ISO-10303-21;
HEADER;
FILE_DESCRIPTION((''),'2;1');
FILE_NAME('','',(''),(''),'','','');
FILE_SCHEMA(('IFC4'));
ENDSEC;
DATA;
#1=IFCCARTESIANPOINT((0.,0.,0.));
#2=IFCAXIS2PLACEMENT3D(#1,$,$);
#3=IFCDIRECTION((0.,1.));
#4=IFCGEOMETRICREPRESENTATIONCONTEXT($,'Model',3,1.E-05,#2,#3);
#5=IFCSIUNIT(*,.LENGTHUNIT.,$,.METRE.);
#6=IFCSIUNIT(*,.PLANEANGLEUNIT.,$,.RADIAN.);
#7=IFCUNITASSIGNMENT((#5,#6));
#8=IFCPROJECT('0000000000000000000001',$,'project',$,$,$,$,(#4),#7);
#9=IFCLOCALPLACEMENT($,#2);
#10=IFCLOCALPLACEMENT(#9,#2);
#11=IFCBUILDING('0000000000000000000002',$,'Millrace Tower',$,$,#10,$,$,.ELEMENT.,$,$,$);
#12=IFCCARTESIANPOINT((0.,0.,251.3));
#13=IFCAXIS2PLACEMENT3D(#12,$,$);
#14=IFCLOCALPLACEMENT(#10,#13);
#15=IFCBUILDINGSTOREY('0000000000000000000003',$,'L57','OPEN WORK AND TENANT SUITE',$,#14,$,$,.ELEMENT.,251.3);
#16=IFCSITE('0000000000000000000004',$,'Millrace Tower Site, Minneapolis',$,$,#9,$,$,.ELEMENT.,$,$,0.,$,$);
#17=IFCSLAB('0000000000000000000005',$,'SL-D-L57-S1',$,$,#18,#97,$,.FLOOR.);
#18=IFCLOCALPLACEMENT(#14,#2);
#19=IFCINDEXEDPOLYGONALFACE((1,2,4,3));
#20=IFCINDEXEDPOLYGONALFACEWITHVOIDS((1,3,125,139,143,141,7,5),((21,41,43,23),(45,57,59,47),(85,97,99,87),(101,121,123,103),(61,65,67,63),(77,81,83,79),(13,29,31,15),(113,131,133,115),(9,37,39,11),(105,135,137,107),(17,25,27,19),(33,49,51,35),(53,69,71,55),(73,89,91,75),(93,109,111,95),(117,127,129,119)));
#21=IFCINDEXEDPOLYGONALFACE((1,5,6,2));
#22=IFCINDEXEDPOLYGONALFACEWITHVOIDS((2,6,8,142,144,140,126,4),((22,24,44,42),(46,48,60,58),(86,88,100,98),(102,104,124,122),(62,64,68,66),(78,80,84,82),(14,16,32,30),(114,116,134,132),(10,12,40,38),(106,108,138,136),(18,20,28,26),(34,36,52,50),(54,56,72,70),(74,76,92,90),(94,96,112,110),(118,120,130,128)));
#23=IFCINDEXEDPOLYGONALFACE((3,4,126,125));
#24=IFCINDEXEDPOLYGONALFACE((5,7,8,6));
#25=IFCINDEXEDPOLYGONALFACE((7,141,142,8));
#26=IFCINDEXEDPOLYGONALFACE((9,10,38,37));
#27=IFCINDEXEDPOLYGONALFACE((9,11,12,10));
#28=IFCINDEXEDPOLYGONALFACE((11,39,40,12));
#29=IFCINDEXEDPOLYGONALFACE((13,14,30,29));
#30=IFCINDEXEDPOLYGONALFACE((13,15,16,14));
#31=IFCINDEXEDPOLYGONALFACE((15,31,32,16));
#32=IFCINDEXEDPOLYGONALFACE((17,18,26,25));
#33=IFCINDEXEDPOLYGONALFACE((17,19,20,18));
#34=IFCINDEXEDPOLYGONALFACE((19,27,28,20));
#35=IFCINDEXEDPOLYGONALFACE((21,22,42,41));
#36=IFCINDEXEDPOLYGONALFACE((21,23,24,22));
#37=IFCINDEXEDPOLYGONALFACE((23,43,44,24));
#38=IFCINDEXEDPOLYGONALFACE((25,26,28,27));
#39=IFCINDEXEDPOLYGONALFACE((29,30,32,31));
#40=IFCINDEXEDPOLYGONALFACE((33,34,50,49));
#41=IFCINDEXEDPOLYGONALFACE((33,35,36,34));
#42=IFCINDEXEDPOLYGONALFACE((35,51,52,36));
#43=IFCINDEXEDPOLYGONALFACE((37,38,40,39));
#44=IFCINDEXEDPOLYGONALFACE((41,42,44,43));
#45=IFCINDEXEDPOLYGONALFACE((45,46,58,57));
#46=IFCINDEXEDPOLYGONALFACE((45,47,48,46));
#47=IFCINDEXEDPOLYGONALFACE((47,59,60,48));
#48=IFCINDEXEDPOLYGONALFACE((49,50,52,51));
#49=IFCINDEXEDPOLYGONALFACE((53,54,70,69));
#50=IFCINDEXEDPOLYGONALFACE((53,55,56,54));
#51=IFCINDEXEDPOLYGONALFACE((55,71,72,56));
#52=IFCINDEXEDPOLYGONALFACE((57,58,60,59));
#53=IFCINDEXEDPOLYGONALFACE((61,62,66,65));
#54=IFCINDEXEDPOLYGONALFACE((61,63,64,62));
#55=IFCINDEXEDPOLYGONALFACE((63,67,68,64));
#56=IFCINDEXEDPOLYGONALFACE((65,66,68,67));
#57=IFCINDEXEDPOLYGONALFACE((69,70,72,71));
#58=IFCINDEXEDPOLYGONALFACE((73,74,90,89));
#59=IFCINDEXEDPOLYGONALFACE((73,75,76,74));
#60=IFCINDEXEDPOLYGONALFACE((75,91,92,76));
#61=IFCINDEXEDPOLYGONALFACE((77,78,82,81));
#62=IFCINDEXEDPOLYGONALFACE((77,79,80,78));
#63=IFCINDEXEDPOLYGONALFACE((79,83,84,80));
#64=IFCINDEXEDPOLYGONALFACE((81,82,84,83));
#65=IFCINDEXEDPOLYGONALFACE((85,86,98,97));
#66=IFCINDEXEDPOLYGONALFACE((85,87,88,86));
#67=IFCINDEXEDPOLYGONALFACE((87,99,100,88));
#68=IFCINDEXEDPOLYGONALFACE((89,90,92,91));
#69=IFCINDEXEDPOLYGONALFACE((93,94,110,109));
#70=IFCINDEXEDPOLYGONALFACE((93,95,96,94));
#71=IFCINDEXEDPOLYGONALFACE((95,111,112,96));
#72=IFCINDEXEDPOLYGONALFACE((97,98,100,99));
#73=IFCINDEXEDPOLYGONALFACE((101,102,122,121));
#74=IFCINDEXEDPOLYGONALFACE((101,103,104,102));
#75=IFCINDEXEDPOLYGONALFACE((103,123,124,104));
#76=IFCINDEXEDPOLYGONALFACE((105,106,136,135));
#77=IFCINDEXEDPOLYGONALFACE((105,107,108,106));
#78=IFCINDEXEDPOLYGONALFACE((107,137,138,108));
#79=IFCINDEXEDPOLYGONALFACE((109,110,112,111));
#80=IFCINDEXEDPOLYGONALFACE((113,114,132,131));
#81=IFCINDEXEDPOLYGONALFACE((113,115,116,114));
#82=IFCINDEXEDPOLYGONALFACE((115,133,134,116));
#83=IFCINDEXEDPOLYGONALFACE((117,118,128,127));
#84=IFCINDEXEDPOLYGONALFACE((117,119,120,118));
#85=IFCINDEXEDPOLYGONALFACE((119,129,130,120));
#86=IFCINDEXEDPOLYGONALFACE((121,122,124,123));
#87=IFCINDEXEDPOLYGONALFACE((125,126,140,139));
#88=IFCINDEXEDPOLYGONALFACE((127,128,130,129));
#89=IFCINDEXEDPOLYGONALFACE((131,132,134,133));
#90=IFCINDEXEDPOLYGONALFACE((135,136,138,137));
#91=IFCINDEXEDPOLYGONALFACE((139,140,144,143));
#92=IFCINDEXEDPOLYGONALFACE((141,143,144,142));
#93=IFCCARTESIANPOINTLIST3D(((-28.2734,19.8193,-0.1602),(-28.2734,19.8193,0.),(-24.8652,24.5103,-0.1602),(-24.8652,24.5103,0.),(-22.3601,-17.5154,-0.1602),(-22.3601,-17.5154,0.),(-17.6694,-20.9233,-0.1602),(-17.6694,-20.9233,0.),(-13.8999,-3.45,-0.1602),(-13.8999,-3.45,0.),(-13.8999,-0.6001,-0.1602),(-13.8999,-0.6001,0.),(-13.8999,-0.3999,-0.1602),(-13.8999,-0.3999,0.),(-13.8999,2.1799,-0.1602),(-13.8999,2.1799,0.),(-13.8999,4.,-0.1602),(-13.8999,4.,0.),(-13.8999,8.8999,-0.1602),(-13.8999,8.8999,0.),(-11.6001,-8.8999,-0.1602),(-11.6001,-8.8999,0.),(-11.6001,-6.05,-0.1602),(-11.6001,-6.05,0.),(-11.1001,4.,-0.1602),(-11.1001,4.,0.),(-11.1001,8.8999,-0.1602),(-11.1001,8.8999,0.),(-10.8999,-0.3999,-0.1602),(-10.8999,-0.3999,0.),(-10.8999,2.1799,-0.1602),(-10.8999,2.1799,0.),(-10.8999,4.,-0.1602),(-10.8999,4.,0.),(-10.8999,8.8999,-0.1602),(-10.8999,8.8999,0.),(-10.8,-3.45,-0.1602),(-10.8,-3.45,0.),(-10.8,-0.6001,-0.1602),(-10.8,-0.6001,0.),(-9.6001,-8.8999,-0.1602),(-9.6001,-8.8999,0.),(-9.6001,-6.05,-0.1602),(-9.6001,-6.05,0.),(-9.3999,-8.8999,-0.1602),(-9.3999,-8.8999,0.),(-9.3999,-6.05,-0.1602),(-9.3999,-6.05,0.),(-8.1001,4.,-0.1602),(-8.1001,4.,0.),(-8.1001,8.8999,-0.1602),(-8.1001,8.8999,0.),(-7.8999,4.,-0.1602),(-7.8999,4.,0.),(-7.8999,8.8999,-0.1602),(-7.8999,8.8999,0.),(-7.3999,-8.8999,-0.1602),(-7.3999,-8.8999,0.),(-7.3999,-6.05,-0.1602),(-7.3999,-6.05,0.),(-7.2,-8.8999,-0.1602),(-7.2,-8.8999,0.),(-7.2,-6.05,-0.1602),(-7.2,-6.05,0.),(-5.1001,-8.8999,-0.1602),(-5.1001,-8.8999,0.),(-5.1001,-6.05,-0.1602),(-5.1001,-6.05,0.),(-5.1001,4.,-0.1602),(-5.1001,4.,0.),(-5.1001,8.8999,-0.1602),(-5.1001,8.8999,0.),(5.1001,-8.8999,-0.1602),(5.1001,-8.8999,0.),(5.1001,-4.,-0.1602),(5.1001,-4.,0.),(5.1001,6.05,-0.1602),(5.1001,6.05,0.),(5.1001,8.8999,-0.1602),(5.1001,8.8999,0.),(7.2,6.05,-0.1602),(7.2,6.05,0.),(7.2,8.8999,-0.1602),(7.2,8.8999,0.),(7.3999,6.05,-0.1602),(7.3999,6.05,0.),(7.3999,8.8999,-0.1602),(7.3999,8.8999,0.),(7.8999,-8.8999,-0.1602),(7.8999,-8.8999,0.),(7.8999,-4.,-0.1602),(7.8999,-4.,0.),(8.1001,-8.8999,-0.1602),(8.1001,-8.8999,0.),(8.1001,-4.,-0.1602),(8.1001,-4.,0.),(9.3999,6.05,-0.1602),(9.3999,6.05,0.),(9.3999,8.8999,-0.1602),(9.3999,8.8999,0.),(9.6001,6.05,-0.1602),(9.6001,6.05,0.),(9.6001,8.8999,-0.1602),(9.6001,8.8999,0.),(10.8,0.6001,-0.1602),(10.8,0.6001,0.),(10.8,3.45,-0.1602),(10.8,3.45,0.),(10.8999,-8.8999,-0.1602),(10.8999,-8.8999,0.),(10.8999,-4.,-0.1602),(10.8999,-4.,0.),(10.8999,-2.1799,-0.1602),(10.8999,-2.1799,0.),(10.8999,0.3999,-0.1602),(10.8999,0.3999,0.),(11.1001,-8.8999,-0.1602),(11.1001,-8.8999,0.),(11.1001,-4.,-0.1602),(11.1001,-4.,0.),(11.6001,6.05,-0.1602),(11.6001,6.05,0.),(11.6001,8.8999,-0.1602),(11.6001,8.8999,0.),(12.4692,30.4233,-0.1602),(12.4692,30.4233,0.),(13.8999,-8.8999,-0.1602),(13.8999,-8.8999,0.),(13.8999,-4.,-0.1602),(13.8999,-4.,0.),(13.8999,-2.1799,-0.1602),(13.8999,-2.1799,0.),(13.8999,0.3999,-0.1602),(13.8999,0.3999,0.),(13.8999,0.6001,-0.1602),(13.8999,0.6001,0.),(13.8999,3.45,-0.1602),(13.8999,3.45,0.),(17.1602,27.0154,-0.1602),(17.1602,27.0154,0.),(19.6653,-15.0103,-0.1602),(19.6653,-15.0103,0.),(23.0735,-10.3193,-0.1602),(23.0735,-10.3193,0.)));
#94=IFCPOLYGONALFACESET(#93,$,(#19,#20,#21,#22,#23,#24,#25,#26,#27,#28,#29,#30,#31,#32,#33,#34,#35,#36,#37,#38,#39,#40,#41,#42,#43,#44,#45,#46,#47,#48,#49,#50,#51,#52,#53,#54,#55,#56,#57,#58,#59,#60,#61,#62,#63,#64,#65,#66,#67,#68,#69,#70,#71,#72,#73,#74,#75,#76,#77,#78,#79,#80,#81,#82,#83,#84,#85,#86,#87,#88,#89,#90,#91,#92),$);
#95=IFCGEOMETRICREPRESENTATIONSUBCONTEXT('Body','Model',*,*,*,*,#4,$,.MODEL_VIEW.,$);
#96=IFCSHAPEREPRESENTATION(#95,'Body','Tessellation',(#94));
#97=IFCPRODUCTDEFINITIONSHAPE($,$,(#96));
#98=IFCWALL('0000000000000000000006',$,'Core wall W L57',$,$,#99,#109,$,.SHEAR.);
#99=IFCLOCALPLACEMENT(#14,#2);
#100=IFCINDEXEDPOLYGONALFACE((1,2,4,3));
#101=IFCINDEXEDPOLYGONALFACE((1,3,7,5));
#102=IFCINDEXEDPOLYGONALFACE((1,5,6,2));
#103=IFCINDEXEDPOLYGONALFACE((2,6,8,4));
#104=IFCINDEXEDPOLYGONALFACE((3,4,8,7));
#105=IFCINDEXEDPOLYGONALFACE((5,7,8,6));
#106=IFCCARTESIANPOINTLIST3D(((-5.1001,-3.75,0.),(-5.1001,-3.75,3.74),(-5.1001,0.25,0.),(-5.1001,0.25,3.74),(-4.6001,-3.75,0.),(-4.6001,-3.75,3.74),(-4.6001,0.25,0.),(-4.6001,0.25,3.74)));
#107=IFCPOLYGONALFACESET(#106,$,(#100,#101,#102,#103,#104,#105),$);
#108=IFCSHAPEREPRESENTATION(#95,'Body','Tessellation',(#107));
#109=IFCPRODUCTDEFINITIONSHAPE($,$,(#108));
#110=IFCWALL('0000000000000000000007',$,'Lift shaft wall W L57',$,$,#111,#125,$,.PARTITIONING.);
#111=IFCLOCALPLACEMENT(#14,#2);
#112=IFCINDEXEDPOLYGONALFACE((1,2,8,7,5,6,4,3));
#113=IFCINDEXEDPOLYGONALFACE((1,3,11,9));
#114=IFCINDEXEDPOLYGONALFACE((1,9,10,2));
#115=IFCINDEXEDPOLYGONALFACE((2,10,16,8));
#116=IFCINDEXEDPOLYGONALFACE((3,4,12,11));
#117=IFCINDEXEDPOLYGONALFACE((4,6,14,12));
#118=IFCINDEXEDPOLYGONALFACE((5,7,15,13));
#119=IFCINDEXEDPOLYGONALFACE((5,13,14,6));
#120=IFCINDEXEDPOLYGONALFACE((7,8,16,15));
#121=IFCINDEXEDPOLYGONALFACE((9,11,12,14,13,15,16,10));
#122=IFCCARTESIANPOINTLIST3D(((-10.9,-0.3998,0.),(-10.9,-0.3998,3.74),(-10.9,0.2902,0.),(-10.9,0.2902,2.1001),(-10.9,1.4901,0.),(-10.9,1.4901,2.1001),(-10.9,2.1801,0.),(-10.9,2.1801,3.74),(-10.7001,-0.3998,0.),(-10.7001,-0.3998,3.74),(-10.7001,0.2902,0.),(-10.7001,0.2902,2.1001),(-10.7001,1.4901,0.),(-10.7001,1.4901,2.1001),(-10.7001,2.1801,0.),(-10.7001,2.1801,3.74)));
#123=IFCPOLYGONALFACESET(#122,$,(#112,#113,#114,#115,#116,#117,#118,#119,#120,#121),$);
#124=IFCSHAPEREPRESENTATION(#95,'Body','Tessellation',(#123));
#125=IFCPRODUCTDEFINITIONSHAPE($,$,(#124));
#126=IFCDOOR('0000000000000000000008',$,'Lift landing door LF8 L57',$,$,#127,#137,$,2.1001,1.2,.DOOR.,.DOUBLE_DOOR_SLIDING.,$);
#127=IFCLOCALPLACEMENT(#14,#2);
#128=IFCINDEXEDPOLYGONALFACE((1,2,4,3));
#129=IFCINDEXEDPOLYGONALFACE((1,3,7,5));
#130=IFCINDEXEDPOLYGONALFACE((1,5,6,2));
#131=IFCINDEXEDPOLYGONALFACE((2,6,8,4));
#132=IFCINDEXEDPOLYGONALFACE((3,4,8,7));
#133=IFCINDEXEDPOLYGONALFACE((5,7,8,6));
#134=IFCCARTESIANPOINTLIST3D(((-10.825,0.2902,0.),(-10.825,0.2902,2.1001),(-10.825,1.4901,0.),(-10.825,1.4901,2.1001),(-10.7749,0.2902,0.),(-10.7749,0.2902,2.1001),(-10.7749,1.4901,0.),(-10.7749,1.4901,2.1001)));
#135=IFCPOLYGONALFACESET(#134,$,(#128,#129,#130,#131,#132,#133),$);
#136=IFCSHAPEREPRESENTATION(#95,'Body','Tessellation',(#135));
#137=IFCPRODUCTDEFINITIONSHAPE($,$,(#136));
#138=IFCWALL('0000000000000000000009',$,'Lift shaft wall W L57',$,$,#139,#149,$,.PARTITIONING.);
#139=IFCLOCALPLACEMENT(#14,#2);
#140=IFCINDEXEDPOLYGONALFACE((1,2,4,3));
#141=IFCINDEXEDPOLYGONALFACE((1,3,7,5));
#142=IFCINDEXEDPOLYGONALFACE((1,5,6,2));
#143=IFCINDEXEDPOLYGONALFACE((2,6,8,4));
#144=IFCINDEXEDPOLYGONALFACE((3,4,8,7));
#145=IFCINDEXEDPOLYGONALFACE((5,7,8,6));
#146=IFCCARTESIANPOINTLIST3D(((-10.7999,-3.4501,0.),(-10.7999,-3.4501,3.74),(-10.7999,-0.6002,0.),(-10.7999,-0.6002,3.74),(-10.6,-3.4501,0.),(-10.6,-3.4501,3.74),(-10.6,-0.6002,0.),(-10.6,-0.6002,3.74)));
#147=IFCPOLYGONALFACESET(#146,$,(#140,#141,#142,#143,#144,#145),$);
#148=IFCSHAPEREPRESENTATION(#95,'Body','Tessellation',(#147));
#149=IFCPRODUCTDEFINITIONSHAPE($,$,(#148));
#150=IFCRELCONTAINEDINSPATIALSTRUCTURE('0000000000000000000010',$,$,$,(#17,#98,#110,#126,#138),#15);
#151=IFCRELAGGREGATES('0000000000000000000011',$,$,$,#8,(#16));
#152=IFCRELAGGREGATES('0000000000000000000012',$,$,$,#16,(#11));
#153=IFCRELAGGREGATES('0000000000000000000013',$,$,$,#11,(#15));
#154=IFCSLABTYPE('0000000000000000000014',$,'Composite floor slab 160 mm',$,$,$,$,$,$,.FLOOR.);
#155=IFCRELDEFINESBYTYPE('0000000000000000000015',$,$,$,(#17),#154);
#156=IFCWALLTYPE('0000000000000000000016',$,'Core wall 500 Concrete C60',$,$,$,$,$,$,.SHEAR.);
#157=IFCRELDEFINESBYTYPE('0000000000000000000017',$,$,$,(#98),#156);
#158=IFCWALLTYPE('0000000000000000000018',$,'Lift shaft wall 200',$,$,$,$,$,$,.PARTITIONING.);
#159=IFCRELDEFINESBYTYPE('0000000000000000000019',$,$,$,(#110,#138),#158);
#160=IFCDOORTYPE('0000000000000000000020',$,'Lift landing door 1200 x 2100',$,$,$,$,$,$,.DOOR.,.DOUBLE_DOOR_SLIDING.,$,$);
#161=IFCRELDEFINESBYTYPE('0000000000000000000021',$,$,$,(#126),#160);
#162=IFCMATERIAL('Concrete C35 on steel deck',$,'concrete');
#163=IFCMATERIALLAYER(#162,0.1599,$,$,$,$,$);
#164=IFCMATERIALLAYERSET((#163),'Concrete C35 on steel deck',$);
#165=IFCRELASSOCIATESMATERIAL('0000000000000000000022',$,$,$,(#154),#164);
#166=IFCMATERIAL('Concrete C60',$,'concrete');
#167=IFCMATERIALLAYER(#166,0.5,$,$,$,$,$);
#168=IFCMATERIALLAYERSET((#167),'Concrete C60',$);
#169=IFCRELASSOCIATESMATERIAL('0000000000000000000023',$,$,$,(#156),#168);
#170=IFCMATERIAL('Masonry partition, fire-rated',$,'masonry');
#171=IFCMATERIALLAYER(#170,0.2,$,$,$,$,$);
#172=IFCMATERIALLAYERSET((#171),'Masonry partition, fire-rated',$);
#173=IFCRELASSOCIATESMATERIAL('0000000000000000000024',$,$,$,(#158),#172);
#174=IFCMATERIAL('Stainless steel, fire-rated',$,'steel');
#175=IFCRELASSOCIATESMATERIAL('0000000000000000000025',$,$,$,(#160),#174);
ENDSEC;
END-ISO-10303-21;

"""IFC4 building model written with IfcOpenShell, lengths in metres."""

from ifc_helpers import new_model, si_unit, direction, frame, frame_2d, origin, place, context, subcontext, project, spatial, polyline, rectangle, outline, extrude, material, layer, layer_set, type_object, element, fill, save


model = new_model("IFC4")

# Units and contexts
model_context = context("Model", 3, precision=1e-05, world=origin(), true_north=direction((0.0, 1.0)))
body_context = subcontext(model_context, "Body", "Model", "MODEL_VIEW")
ifc_project = project(units=[si_unit("LENGTHUNIT", "METRE"), si_unit("PLANEANGLEUNIT", "RADIAN")], contexts=[model_context])

# Site, building, storey
site_placement = place(None, origin())
site = spatial("IfcSite", under=ifc_project, at=site_placement, Name="Millrace Tower Site, Minneapolis", CompositionType="ELEMENT", RefElevation=0.0)
building_placement = place(site_placement, origin())
building = spatial("IfcBuilding", under=site, at=building_placement, Name="Millrace Tower", CompositionType="ELEMENT")
storey_placement = place(building_placement, frame((0.0, 0.0, 251.3)))
storey = spatial("IfcBuildingStorey", under=building, at=storey_placement, Name="L57", Description="OPEN WORK AND TENANT SUITE", CompositionType="ELEMENT", Elevation=251.3)

# Slab
ifc_material_1 = material(Name="Concrete C35 on steel deck", Category="concrete")
ifc_layer_1 = layer(ifc_material_1, 0.1599)
ifc_layer_set_1 = layer_set([ifc_layer_1], Name="Concrete C35 on steel deck")
slab_type = type_object("IfcSlabType", Name="Composite floor slab 160 mm", PredefinedType="FLOOR", material=ifc_layer_set_1)
slab_placement = place(storey_placement, frame((0.0, 0.0, -0.1602)))
element("IfcSlab", 1, at=slab_placement, inside=storey, type_object=slab_type, Name="SL-D-L57-S1", PredefinedType="FLOOR", context=body_context, shape_type="SweptSolid", body=[
    extrude(outline(polyline([(-22.3601, -17.5154), (-17.6694, -20.9233), (19.6653, -15.0103), (23.0735, -10.3193), (17.1602, 27.0154), (12.4692, 30.4233), (-24.8652, 24.5103), (-28.2734, 19.8193), (-22.3601, -17.5154)]), holes=[polyline([(-11.6001, -8.8999), (-9.6001, -8.8999), (-9.6001, -6.05), (-11.6001, -6.05), (-11.6001, -8.8999)]), polyline([(-9.3999, -8.8999), (-7.3999, -8.8999), (-7.3999, -6.05), (-9.3999, -6.05), (-9.3999, -8.8999)]), polyline([(-7.2, -8.8999), (-5.1001, -8.8999), (-5.1001, -6.05), (-7.2, -6.05), (-7.2, -8.8999)]), polyline([(-13.8999, -3.45), (-10.8, -3.45), (-10.8, -0.6001), (-13.8999, -0.6001), (-13.8999, -3.45)]), polyline([(-13.8999, -0.3999), (-10.8999, -0.3999), (-10.8999, 2.1799), (-13.8999, 2.1799), (-13.8999, -0.3999)]), polyline([(-13.8999, 4.0), (-11.1001, 4.0), (-11.1001, 8.8999), (-13.8999, 8.8999), (-13.8999, 4.0)]), polyline([(-10.8999, 4.0), (-8.1001, 4.0), (-8.1001, 8.8999), (-10.8999, 8.8999), (-10.8999, 4.0)]), polyline([(-7.8999, 4.0), (-5.1001, 4.0), (-5.1001, 8.8999), (-7.8999, 8.8999), (-7.8999, 4.0)]), polyline([(9.6001, 6.05), (11.6001, 6.05), (11.6001, 8.8999), (9.6001, 8.8999), (9.6001, 6.05)]), polyline([(7.3999, 6.05), (9.3999, 6.05), (9.3999, 8.8999), (7.3999, 8.8999), (7.3999, 6.05)]), polyline([(5.1001, 6.05), (7.2, 6.05), (7.2, 8.8999), (5.1001, 8.8999), (5.1001, 6.05)]), polyline([(10.8, 0.6001), (13.8999, 0.6001), (13.8999, 3.45), (10.8, 3.45), (10.8, 0.6001)]), polyline([(10.8999, -2.1799), (13.8999, -2.1799), (13.8999, 0.3999), (10.8999, 0.3999), (10.8999, -2.1799)]), polyline([(11.1001, -8.8999), (13.8999, -8.8999), (13.8999, -4.0), (11.1001, -4.0), (11.1001, -8.8999)]), polyline([(8.1001, -8.8999), (10.8999, -8.8999), (10.8999, -4.0), (8.1001, -4.0), (8.1001, -8.8999)]), polyline([(5.1001, -8.8999), (7.8999, -8.8999), (7.8999, -4.0), (5.1001, -4.0), (5.1001, -8.8999)])]), origin(), (0.0, 0.0, 1.0), 0.1602),
])

# Wall
ifc_material_2 = material(Name="Concrete C60", Category="concrete")
ifc_layer_2 = layer(ifc_material_2, 0.5)
ifc_layer_set_2 = layer_set([ifc_layer_2], Name="Concrete C60")
wall_type_1 = type_object("IfcWallType", Name="Core wall 500 Concrete C60", PredefinedType="SHEAR", material=ifc_layer_set_2)
wall_1_placement = place(storey_placement, frame((-4.8501, -3.75, 0.0), z_axis=(0.0, 0.0, 1.0), x_axis=(0.0, 1.0, 0.0)))
element("IfcWall", 2, at=wall_1_placement, inside=storey, type_object=wall_type_1, Name="Core wall W L57", PredefinedType="SHEAR", context=body_context, shape_type="SweptSolid", body=[
    extrude(rectangle(XDim=4.0, YDim=0.5, at=frame_2d((2.0, 0.0))), origin(), (0.0, 0.0, 1.0), 3.74),
])

# Wall, opening, door
ifc_material_3 = material(Name="Masonry partition, fire-rated", Category="masonry")
ifc_layer_3 = layer(ifc_material_3, 0.2)
ifc_layer_set_3 = layer_set([ifc_layer_3], Name="Masonry partition, fire-rated")
wall_type_2 = type_object("IfcWallType", Name="Lift shaft wall 200", PredefinedType="PARTITIONING", material=ifc_layer_set_3)
wall_2_placement = place(storey_placement, frame((-10.8, -0.3999, 0.0), z_axis=(0.0, 0.0, 1.0), x_axis=(0.0, 1.0, 0.0)))
wall_2 = element("IfcWall", 3, at=wall_2_placement, inside=storey, type_object=wall_type_2, Name="Lift shaft wall W L57", PredefinedType="PARTITIONING", context=body_context, shape_type="SweptSolid", body=[
    extrude(rectangle(XDim=2.5798, YDim=0.2, at=frame_2d((1.29, 0.0))), origin(), (0.0, 0.0, 1.0), 3.74),
])
opening_1_placement = place(wall_2_placement, frame((0.6899, 0.0, 0.0)))
opening_1 = element("IfcOpeningElement", 4, at=opening_1_placement, cuts=wall_2, PredefinedType="OPENING", context=body_context, shape_type="SweptSolid", body=[
    extrude(rectangle(XDim=1.2, YDim=2.1001, at=frame_2d((0.6001, 1.05))), frame((0.0, 0.1099, 0.0), z_axis=(0.0, -1.0, 0.0), x_axis=(1.0, 0.0, 0.0)), (0.0, 0.0, 1.0), 0.22),
])
ifc_material_4 = material(Name="Stainless steel, fire-rated", Category="steel")
door_type_1 = type_object("IfcDoorType", Name="Lift landing door 1200 x 2100", OperationType="DOUBLE_DOOR_SLIDING", PredefinedType="DOOR", material=ifc_material_4)
door_1_placement = place(opening_1_placement, origin())
door_1 = element("IfcDoor", 5, at=door_1_placement, inside=storey, type_object=door_type_1, Name="Lift landing door LF8 L57", OperationType="DOUBLE_DOOR_SLIDING", OverallHeight=2.1001, OverallWidth=1.2, PredefinedType="DOOR", context=body_context, shape_type="SweptSolid", body=[
    extrude(rectangle(XDim=1.2, YDim=2.1001, at=frame_2d((0.6001, 1.05))), frame((0.0, 0.0249, 0.0), z_axis=(0.0, -1.0, 0.0), x_axis=(1.0, 0.0, 0.0)), (0.0, 0.0, 1.0), 0.05),
])
fill(opening_1, door_1)

# Wall
wall_3_placement = place(storey_placement, frame((-10.7, -3.45, 0.0), z_axis=(0.0, 0.0, 1.0), x_axis=(0.0, 1.0, 0.0)))
element("IfcWall", 6, at=wall_3_placement, inside=storey, type_object=wall_type_2, Name="Lift shaft wall W L57", PredefinedType="PARTITIONING", context=body_context, shape_type="SweptSolid", body=[
    extrude(rectangle(XDim=2.8499, YDim=0.2, at=frame_2d((1.4248, 0.0))), origin(), (0.0, 0.0, 1.0), 3.74),
])

save(model, "model.ifc")
